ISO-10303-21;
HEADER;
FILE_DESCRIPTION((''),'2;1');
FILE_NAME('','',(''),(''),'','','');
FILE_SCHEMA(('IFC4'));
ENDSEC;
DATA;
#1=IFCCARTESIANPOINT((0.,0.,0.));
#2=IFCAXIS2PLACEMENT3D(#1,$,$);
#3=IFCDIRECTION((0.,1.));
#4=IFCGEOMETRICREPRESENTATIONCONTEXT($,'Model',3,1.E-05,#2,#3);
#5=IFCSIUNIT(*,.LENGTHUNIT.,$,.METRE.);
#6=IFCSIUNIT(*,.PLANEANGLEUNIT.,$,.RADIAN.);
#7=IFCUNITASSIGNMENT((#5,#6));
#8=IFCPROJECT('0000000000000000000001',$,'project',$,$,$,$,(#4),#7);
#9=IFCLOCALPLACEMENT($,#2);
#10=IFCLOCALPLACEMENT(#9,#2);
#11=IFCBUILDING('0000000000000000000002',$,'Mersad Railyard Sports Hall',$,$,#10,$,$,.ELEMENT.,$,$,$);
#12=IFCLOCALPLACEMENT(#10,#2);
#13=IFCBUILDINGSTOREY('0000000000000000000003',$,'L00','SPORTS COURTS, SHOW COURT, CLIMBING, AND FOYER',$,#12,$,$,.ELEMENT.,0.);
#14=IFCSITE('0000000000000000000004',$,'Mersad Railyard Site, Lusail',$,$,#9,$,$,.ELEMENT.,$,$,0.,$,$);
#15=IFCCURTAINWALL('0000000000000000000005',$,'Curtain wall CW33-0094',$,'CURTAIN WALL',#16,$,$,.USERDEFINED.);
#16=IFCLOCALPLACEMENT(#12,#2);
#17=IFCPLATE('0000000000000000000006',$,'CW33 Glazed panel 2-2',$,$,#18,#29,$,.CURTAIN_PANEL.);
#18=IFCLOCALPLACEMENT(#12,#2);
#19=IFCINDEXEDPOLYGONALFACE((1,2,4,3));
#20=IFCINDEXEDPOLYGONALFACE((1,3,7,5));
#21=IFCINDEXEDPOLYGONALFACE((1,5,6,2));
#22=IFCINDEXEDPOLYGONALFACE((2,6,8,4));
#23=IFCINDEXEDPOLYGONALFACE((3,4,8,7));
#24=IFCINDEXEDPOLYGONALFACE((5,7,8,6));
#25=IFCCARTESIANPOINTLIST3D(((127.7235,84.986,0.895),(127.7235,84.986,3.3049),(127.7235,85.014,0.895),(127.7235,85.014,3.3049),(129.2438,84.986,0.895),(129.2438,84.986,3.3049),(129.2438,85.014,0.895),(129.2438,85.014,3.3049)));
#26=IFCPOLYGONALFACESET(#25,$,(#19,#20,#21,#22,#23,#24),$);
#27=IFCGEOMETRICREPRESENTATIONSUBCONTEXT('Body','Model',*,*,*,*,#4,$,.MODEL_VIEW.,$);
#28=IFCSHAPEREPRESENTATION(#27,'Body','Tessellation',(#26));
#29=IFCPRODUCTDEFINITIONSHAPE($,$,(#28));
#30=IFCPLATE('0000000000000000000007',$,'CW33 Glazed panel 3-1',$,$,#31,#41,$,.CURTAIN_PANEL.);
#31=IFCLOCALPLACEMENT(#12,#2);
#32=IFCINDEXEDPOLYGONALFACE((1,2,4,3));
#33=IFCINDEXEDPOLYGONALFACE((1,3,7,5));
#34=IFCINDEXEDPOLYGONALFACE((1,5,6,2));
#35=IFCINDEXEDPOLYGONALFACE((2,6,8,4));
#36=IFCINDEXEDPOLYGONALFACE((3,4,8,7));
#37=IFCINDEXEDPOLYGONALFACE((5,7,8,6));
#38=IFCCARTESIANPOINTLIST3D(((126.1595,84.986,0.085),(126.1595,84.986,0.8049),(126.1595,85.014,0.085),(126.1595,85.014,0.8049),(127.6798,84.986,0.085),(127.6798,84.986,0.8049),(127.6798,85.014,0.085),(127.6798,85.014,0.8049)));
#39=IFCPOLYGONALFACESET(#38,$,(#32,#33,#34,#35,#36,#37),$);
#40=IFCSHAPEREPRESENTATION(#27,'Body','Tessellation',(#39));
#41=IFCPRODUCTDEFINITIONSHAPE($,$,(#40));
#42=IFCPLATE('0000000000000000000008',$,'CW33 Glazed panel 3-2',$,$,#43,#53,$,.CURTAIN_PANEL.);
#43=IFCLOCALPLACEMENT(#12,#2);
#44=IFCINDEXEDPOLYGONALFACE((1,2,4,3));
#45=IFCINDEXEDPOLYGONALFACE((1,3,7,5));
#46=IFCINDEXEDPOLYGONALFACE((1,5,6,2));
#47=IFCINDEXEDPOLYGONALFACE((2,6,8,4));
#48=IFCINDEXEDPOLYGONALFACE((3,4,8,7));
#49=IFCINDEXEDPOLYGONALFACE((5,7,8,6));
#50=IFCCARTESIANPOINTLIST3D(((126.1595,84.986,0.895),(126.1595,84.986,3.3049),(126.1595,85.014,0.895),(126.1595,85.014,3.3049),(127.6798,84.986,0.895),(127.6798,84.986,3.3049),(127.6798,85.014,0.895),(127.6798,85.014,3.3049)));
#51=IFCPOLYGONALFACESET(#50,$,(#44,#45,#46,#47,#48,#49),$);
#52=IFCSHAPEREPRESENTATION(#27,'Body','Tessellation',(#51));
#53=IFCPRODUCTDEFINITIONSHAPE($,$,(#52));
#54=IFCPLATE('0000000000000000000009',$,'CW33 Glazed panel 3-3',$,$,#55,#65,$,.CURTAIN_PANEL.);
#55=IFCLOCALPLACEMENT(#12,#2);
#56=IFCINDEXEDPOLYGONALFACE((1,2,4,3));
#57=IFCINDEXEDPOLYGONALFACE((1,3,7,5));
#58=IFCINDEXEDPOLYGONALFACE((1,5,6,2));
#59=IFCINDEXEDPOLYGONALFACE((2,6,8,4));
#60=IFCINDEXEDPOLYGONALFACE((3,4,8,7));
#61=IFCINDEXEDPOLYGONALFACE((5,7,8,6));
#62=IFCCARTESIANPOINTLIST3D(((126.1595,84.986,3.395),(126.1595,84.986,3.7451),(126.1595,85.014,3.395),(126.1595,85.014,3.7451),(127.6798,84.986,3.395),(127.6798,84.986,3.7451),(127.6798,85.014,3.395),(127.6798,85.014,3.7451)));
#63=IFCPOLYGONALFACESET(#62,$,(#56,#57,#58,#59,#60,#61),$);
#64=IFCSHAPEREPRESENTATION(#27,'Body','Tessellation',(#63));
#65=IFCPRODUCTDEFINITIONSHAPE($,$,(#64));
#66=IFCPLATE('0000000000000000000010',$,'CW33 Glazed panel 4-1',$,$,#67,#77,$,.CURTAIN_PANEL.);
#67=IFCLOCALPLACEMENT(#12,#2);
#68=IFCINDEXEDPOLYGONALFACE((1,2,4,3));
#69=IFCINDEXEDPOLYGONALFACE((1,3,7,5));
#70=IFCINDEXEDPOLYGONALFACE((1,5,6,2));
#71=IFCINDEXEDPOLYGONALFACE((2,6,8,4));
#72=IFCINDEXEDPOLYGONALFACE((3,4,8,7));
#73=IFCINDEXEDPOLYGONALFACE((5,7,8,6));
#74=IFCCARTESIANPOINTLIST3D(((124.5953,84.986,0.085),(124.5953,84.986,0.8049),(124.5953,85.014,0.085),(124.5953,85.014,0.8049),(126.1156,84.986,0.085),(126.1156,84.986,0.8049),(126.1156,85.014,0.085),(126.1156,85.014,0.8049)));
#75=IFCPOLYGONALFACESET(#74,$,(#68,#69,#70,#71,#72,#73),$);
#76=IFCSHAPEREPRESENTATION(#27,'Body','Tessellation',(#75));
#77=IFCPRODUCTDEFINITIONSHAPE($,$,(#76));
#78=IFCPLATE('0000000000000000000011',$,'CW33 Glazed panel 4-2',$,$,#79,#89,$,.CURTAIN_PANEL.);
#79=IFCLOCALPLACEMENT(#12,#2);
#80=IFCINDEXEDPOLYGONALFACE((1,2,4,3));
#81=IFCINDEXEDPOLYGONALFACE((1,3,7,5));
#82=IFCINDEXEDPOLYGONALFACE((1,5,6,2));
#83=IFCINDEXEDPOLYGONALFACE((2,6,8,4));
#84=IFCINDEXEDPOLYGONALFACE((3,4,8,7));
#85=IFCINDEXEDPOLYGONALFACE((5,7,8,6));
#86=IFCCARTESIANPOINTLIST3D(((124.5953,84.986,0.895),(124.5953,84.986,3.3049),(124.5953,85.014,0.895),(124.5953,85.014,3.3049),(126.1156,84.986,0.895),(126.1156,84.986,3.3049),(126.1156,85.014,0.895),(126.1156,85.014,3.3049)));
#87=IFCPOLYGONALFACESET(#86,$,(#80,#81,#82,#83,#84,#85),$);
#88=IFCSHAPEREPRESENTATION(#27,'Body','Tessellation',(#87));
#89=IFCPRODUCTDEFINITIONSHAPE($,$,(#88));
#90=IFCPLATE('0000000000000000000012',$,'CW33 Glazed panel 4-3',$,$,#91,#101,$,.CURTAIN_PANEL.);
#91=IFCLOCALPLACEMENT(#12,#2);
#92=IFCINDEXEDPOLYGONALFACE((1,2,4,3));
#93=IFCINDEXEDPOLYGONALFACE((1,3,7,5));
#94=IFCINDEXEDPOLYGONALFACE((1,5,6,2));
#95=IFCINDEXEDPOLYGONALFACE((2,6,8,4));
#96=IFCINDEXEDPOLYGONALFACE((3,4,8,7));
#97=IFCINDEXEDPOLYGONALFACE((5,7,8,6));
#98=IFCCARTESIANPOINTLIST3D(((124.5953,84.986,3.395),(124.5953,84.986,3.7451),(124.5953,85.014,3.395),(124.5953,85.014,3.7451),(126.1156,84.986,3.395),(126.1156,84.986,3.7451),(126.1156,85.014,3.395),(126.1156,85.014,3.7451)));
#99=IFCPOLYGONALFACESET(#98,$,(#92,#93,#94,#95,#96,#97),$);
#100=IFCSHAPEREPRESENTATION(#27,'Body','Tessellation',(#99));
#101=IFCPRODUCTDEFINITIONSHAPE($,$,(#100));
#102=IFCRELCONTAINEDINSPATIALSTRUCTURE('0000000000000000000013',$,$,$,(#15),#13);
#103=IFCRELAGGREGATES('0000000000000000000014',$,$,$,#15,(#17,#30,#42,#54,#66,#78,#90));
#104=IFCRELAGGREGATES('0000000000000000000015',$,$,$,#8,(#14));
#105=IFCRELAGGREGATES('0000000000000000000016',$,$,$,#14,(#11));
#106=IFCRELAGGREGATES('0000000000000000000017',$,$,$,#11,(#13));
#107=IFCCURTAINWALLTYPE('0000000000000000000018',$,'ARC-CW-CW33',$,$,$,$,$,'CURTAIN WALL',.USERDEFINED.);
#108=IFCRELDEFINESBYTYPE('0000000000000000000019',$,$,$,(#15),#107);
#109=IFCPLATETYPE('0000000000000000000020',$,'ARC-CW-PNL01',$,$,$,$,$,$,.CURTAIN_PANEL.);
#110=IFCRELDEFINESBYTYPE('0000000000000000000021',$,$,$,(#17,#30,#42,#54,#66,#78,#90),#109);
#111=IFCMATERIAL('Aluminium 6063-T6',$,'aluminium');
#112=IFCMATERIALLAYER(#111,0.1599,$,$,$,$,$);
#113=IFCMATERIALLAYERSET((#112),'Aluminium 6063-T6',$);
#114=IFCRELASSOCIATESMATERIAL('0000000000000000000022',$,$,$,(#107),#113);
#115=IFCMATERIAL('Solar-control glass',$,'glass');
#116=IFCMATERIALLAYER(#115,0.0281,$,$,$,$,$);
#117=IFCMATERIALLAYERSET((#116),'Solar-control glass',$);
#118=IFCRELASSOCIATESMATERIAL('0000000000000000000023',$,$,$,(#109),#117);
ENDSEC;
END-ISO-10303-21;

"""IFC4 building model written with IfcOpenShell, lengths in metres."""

from ifc_helpers import new_model, si_unit, direction, frame, origin, origin_2d, place, context, subcontext, project, spatial, rectangle, extrude, material, layer, layer_set, type_object, element, aggregate, save


model = new_model("IFC4")

# Units and contexts
model_context = context("Model", 3, precision=1e-05, world=origin(), true_north=direction((0.0, 1.0)))
body_context = subcontext(model_context, "Body", "Model", "MODEL_VIEW")
ifc_project = project(units=[si_unit("LENGTHUNIT", "METRE"), si_unit("PLANEANGLEUNIT", "RADIAN")], contexts=[model_context])

# Site, building, storey
site_placement = place(None, origin())
site = spatial("IfcSite", under=ifc_project, at=site_placement, Name="Mersad Railyard Site, Lusail", CompositionType="ELEMENT", RefElevation=0.0)
building_placement = place(site_placement, origin())
building = spatial("IfcBuilding", under=site, at=building_placement, Name="Mersad Railyard Sports Hall", CompositionType="ELEMENT")
storey_placement = place(building_placement, origin())
storey = spatial("IfcBuildingStorey", under=building, at=storey_placement, Name="L00", Description="SPORTS COURTS, SHOW COURT, CLIMBING, AND FOYER", CompositionType="ELEMENT", Elevation=0.0)

# Curtain wall, plates
ifc_material_1 = material(Name="Aluminium 6063-T6", Category="aluminium")
ifc_layer_1 = layer(ifc_material_1, 0.1599)
ifc_layer_set_1 = layer_set([ifc_layer_1], Name="Aluminium 6063-T6")
curtain_wall_type = type_object("IfcCurtainWallType", Name="ARC-CW-CW33", ElementType="CURTAIN WALL", PredefinedType="USERDEFINED", material=ifc_layer_set_1)
curtain_wall_placement = place(storey_placement, origin())
curtain_wall = element("IfcCurtainWall", 1, at=curtain_wall_placement, inside=storey, type_object=curtain_wall_type, Name="Curtain wall CW33-0094", ObjectType="CURTAIN WALL", PredefinedType="USERDEFINED")
ifc_material_2 = material(Name="Solar-control glass", Category="glass")
ifc_layer_2 = layer(ifc_material_2, 0.0281)
ifc_layer_set_2 = layer_set([ifc_layer_2], Name="Solar-control glass")
plate_type = type_object("IfcPlateType", Name="ARC-CW-PNL01", PredefinedType="CURTAIN_PANEL", material=ifc_layer_set_2)
plate_1_placement = place(storey_placement, frame((128.4836, 85.0, 0.895), z_axis=(0.0, 0.0, 1.0), x_axis=(-1.0, 0.0, 0.0)))
plate_1 = element("IfcPlate", 2, at=plate_1_placement, type_object=plate_type, Name="CW33 Glazed panel 2-2", PredefinedType="CURTAIN_PANEL", context=body_context, shape_type="SweptSolid", body=[
    extrude(rectangle(XDim=1.5203, YDim=0.0281, at=origin_2d()), origin(), (0.0, 0.0, 1.0), 2.4099),
])
plate_2_placement = place(storey_placement, frame((126.9197, 85.0, 0.085), z_axis=(0.0, 0.0, 1.0), x_axis=(-1.0, 0.0, 0.0)))
plate_2 = element("IfcPlate", 3, at=plate_2_placement, type_object=plate_type, Name="CW33 Glazed panel 3-1", PredefinedType="CURTAIN_PANEL", context=body_context, shape_type="SweptSolid", body=[
    extrude(rectangle(XDim=1.5203, YDim=0.0281, at=origin_2d()), origin(), (0.0, 0.0, 1.0), 0.72),
])
plate_3_placement = place(storey_placement, frame((126.9197, 85.0, 0.895), z_axis=(0.0, 0.0, 1.0), x_axis=(-1.0, 0.0, 0.0)))
plate_3 = element("IfcPlate", 4, at=plate_3_placement, type_object=plate_type, Name="CW33 Glazed panel 3-2", PredefinedType="CURTAIN_PANEL", context=body_context, shape_type="SweptSolid", body=[
    extrude(rectangle(XDim=1.5203, YDim=0.0281, at=origin_2d()), origin(), (0.0, 0.0, 1.0), 2.4099),
])
plate_4_placement = place(storey_placement, frame((126.9197, 85.0, 3.395), z_axis=(0.0, 0.0, 1.0), x_axis=(-1.0, 0.0, 0.0)))
plate_4 = element("IfcPlate", 5, at=plate_4_placement, type_object=plate_type, Name="CW33 Glazed panel 3-3", PredefinedType="CURTAIN_PANEL", context=body_context, shape_type="SweptSolid", body=[
    extrude(rectangle(XDim=1.5203, YDim=0.0281, at=origin_2d()), origin(), (0.0, 0.0, 1.0), 0.3501),
])
plate_5_placement = place(storey_placement, frame((125.3555, 85.0, 0.085), z_axis=(0.0, 0.0, 1.0), x_axis=(-1.0, 0.0, 0.0)))
plate_5 = element("IfcPlate", 6, at=plate_5_placement, type_object=plate_type, Name="CW33 Glazed panel 4-1", PredefinedType="CURTAIN_PANEL", context=body_context, shape_type="SweptSolid", body=[
    extrude(rectangle(XDim=1.5203, YDim=0.0281, at=origin_2d()), origin(), (0.0, 0.0, 1.0), 0.72),
])
plate_6_placement = place(storey_placement, frame((125.3555, 85.0, 0.895), z_axis=(0.0, 0.0, 1.0), x_axis=(-1.0, 0.0, 0.0)))
plate_6 = element("IfcPlate", 7, at=plate_6_placement, type_object=plate_type, Name="CW33 Glazed panel 4-2", PredefinedType="CURTAIN_PANEL", context=body_context, shape_type="SweptSolid", body=[
    extrude(rectangle(XDim=1.5203, YDim=0.0281, at=origin_2d()), origin(), (0.0, 0.0, 1.0), 2.4099),
])
plate_7_placement = place(storey_placement, frame((125.3555, 85.0, 3.395), z_axis=(0.0, 0.0, 1.0), x_axis=(-1.0, 0.0, 0.0)))
plate_7 = element("IfcPlate", 8, at=plate_7_placement, type_object=plate_type, Name="CW33 Glazed panel 4-3", PredefinedType="CURTAIN_PANEL", context=body_context, shape_type="SweptSolid", body=[
    extrude(rectangle(XDim=1.5203, YDim=0.0281, at=origin_2d()), origin(), (0.0, 0.0, 1.0), 0.3501),
])
aggregate(curtain_wall, [plate_1, plate_2, plate_3, plate_4, plate_5, plate_6, plate_7])

save(model, "model.ifc")
